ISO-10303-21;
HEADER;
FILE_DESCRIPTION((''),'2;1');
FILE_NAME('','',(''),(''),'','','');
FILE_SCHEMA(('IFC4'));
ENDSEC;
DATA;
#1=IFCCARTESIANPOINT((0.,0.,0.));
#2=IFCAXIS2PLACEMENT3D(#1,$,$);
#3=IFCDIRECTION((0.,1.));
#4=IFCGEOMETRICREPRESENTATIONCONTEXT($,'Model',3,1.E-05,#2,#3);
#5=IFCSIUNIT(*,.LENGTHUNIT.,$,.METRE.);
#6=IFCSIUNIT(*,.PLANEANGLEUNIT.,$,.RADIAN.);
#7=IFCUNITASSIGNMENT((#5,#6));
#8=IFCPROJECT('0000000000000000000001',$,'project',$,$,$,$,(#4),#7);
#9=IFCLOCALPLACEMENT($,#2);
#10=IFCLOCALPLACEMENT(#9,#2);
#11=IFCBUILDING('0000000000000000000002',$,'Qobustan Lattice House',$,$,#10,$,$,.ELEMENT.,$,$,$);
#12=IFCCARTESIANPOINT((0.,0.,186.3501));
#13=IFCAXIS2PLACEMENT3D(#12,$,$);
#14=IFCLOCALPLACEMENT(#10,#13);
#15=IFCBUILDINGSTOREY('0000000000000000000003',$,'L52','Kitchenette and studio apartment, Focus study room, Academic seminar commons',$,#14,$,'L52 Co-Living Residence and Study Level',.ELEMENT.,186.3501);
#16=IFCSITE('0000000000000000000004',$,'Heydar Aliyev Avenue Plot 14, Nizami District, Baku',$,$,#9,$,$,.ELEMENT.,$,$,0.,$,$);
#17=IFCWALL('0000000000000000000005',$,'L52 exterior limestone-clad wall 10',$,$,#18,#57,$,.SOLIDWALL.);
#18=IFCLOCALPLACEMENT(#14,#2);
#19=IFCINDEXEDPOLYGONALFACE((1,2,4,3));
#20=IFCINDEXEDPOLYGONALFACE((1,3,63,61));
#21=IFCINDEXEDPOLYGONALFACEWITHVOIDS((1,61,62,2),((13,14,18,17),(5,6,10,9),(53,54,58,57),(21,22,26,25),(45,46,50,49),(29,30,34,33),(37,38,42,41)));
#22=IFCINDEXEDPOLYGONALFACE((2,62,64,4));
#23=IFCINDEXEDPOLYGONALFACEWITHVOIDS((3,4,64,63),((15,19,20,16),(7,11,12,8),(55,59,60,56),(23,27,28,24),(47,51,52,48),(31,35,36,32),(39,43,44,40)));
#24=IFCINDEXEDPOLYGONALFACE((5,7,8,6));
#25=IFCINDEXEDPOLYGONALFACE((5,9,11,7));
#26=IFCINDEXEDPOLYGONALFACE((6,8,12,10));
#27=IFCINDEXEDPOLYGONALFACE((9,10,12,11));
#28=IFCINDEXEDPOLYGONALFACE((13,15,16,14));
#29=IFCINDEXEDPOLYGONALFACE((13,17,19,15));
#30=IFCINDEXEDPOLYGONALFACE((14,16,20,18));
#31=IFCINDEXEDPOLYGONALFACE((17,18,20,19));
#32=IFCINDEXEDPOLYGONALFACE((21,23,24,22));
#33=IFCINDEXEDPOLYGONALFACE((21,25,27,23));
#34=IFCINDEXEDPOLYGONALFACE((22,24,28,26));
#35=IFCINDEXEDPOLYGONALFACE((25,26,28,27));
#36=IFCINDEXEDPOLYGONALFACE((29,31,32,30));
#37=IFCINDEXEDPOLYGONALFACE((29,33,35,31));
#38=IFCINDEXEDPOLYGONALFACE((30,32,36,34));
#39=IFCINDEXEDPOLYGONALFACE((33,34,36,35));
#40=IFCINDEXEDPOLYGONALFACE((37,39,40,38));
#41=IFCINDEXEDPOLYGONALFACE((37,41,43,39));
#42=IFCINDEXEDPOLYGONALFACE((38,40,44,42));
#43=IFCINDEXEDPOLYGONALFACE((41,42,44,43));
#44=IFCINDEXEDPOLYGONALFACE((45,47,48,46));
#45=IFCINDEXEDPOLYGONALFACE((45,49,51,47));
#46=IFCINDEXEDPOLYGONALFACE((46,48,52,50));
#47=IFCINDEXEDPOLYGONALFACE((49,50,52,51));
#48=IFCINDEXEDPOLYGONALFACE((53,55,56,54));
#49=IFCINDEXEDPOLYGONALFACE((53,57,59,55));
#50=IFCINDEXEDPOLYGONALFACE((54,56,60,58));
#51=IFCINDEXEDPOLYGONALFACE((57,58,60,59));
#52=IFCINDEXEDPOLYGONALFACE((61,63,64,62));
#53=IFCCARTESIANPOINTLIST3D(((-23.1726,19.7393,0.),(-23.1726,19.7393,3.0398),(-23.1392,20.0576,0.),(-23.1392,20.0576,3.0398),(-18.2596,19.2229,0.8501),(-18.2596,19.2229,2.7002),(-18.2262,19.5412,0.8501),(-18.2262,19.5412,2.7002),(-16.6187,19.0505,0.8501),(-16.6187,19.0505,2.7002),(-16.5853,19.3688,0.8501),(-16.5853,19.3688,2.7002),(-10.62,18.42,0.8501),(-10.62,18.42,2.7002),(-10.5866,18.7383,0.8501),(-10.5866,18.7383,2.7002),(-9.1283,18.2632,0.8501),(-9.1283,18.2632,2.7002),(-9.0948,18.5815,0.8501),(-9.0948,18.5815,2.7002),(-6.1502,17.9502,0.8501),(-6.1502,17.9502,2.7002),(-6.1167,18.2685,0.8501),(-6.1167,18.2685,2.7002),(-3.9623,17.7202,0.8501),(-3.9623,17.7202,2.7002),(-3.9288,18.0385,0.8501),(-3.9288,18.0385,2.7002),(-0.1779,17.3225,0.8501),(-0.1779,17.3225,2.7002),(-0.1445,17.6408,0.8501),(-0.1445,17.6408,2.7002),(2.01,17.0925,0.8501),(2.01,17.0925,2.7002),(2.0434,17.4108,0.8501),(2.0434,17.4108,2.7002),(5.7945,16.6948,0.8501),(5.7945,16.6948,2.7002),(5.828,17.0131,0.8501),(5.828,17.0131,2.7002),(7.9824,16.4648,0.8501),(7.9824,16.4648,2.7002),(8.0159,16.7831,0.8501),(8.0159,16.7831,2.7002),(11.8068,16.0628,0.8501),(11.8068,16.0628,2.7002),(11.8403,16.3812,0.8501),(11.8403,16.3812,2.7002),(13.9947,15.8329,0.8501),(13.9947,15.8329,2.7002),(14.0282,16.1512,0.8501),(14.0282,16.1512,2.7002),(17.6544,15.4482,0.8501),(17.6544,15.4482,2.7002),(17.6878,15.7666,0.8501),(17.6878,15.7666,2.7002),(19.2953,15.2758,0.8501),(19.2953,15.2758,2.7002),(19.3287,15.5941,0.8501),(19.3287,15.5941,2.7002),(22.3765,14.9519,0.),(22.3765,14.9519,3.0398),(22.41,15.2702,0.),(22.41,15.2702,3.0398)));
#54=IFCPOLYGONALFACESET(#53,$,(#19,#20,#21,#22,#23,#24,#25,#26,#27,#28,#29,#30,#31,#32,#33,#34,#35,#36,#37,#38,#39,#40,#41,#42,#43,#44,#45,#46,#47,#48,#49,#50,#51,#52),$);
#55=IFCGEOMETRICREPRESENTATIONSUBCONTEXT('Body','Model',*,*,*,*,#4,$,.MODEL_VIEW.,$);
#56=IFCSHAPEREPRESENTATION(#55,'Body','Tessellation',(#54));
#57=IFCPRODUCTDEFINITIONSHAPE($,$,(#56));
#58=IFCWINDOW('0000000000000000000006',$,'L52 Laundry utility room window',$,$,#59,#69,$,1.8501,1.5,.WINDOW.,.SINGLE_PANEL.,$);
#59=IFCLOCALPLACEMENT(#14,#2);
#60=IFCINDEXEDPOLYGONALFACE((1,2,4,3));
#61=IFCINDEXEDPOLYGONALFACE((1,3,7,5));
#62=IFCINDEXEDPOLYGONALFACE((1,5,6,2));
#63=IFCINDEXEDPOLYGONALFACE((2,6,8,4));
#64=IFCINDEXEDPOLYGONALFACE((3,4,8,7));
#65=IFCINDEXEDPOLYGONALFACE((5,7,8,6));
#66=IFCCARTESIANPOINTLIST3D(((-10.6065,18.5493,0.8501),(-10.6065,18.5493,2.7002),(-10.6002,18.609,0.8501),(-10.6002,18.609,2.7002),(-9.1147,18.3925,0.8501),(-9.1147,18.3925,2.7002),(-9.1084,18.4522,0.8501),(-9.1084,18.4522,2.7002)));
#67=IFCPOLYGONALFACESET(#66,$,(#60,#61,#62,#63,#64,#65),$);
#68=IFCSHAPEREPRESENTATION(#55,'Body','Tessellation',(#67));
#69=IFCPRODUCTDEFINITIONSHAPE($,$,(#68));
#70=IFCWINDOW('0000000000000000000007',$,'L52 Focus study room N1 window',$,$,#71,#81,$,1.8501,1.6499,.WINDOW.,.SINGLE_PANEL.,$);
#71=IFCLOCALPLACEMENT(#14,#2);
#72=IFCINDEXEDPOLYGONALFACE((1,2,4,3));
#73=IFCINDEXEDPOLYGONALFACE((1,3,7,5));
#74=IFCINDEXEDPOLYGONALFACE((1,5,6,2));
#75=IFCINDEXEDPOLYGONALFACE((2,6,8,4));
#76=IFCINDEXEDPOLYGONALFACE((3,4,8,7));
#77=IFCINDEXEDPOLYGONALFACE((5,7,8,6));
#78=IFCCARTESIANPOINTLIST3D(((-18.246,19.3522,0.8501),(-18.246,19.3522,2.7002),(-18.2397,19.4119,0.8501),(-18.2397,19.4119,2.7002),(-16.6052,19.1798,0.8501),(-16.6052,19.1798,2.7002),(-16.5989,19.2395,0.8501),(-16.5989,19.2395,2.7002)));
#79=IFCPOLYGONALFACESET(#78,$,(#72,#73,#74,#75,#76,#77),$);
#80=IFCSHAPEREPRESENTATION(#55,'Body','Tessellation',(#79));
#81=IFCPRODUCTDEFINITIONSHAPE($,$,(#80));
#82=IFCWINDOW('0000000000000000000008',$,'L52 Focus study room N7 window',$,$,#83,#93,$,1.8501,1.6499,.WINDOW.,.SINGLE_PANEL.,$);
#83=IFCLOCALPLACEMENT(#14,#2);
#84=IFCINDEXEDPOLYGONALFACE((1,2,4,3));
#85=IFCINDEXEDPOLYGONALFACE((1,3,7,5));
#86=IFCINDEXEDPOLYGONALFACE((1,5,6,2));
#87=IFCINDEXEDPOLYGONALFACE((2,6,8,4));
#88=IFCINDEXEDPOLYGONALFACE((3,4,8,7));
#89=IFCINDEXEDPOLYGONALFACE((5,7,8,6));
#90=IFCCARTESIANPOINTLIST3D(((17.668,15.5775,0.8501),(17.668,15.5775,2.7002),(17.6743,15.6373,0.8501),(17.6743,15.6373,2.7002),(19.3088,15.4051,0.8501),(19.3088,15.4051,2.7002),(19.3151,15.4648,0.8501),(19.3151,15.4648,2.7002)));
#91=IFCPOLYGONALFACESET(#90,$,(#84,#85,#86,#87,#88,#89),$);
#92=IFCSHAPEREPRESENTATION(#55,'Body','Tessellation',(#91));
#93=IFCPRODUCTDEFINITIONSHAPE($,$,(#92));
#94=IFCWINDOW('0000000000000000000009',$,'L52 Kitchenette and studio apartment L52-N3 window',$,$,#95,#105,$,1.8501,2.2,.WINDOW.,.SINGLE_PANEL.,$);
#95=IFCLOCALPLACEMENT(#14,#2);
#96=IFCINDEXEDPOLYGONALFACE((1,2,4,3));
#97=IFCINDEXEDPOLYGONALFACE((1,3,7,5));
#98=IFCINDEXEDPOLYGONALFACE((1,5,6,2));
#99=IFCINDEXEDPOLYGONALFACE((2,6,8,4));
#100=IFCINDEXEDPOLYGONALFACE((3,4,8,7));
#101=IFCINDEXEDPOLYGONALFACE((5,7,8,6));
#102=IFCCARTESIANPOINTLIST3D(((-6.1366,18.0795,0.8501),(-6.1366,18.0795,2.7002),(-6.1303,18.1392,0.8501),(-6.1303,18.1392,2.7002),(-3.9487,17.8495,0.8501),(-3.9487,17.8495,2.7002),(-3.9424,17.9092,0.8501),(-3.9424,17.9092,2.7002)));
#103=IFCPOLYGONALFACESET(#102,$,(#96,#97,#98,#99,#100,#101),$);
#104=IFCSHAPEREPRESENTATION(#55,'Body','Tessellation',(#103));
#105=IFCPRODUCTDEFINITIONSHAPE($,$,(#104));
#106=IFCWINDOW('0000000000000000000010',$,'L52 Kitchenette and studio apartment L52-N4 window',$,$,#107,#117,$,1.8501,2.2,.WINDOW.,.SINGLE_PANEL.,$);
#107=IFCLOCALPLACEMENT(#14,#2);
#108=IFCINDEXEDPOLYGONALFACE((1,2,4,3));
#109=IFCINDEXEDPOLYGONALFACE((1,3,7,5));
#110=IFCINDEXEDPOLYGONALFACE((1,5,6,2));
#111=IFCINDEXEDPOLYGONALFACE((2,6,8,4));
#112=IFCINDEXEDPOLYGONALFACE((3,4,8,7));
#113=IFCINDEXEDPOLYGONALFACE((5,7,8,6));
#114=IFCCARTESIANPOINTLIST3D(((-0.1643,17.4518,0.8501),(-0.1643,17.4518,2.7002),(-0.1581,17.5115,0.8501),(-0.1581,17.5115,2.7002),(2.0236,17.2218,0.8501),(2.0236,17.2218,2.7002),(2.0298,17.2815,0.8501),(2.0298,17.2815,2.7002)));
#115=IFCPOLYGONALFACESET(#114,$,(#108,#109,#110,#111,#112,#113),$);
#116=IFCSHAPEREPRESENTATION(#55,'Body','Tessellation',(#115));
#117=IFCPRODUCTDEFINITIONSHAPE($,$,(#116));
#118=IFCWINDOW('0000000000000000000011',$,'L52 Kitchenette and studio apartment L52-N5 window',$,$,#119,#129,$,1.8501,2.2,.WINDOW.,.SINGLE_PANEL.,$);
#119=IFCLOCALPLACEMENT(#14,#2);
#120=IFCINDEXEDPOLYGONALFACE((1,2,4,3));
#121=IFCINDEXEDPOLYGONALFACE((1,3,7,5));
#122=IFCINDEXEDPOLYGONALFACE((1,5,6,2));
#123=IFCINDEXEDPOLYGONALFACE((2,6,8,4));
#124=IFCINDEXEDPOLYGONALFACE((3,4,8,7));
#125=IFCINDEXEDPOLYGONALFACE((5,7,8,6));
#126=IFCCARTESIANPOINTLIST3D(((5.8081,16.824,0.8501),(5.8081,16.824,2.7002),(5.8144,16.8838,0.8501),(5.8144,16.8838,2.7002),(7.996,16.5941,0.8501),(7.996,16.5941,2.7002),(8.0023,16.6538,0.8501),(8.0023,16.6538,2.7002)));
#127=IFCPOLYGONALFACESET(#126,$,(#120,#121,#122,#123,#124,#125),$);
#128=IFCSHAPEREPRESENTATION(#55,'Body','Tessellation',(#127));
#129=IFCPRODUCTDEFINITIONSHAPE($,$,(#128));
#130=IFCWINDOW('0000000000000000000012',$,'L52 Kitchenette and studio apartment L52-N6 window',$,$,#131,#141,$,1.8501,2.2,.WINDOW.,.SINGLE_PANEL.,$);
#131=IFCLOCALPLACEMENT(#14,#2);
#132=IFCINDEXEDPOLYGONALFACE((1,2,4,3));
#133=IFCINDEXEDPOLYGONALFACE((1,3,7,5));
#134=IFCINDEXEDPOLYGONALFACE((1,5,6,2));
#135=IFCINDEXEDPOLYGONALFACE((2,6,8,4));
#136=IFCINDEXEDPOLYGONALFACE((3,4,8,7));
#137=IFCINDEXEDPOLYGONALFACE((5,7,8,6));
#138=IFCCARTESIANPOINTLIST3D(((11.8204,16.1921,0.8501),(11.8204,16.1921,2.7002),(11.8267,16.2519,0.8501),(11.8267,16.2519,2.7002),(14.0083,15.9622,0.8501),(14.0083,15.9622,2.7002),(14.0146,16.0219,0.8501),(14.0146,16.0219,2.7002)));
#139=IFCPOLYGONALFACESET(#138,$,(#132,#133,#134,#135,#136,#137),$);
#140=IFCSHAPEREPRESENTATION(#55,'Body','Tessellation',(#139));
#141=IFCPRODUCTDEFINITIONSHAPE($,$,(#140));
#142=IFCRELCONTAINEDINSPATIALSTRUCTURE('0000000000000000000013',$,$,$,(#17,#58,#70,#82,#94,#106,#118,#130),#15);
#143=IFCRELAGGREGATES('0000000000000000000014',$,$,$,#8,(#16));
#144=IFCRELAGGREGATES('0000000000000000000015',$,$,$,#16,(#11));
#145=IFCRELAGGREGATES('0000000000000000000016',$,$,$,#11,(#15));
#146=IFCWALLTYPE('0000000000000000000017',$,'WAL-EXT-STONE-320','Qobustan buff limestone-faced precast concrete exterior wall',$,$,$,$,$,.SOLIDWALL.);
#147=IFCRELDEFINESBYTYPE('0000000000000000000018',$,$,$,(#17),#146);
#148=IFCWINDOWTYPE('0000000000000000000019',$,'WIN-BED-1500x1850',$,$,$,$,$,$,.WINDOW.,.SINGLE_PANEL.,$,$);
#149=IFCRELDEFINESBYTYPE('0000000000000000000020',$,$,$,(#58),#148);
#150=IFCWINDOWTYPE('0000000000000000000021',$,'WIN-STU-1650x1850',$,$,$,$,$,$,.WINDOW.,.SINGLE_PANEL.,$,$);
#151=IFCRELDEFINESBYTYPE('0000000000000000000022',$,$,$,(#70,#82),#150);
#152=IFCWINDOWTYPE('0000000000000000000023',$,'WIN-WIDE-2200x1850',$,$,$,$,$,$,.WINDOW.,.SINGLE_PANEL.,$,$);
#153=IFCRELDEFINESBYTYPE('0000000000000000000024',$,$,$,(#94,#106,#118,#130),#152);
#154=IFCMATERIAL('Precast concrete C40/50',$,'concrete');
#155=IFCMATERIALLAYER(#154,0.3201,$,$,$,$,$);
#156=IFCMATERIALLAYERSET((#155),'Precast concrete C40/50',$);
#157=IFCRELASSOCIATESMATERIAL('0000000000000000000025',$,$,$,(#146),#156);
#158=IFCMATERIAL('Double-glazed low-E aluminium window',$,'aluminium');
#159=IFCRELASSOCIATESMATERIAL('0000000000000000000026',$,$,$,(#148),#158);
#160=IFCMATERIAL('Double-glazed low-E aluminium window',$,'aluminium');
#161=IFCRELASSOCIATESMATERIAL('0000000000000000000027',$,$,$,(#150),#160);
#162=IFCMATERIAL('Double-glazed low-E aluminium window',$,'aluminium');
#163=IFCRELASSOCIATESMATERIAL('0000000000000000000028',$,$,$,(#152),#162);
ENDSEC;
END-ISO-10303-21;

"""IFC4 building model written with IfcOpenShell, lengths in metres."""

from ifc_helpers import new_model, si_unit, direction, frame, frame_2d, origin, place, context, subcontext, project, spatial, rectangle, extrude, material, layer, layer_set, type_object, element, fill, save


model = new_model("IFC4")

# Units and contexts
model_context = context("Model", 3, precision=1e-05, world=origin(), true_north=direction((0.0, 1.0)))
body_context = subcontext(model_context, "Body", "Model", "MODEL_VIEW")
ifc_project = project(units=[si_unit("LENGTHUNIT", "METRE"), si_unit("PLANEANGLEUNIT", "RADIAN")], contexts=[model_context])

# Site, building, storey
site_placement = place(None, origin())
site = spatial("IfcSite", under=ifc_project, at=site_placement, Name="Heydar Aliyev Avenue Plot 14, Nizami District, Baku", CompositionType="ELEMENT", RefElevation=0.0)
building_placement = place(site_placement, origin())
building = spatial("IfcBuilding", under=site, at=building_placement, Name="Qobustan Lattice House", CompositionType="ELEMENT")
storey_placement = place(building_placement, frame((0.0, 0.0, 186.3501)))
storey = spatial("IfcBuildingStorey", under=building, at=storey_placement, Name="L52", Description="Kitchenette and studio apartment, Focus study room, Academic seminar commons", LongName="L52 Co-Living Residence and Study Level", CompositionType="ELEMENT", Elevation=186.3501)

# Shared definitions
ifc_material_1 = material(Name="Precast concrete C40/50", Category="concrete")
ifc_layer_1 = layer(ifc_material_1, 0.3201)
ifc_layer_set_1 = layer_set([ifc_layer_1], Name="Precast concrete C40/50")
wall_type_1 = type_object("IfcWallType", Name="WAL-EXT-STONE-320", Description="Qobustan buff limestone-faced precast concrete exterior wall", PredefinedType="SOLIDWALL", material=ifc_layer_set_1)

# Wall, openings, windows
wall_1_placement = place(storey_placement, frame((-23.1558, 19.8984, 0.0), z_axis=(0.0, 0.0, 1.0), x_axis=(0.994522, -0.104527, 0.0)))
wall_1 = element("IfcWall", 1, at=wall_1_placement, inside=storey, type_object=wall_type_1, Name="L52 exterior limestone-clad wall 10", PredefinedType="SOLIDWALL", context=body_context, shape_type="SweptSolid", body=[
    extrude(rectangle(XDim=45.8, YDim=0.3201, at=frame_2d((22.8999, 0.0))), origin(), (0.0, 0.0, 1.0), 3.0398),
])
opening_1_placement = place(wall_1_placement, frame((4.9399, 0.0, 0.8501)))
opening_1 = element("IfcOpeningElement", 2, at=opening_1_placement, cuts=wall_1, PredefinedType="OPENING", context=body_context, shape_type="SweptSolid", body=[
    extrude(rectangle(XDim=1.6499, YDim=1.8501, at=frame_2d((0.825, 0.925))), frame((0.0, 0.1699, 0.0), z_axis=(0.0, -1.0, 0.0), x_axis=(1.0, 0.0, 0.0)), (0.0, 0.0, 1.0), 0.3401),
])
opening_2_placement = place(wall_1_placement, frame((12.6216, 0.0, 0.8501)))
opening_2 = element("IfcOpeningElement", 3, at=opening_2_placement, cuts=wall_1, PredefinedType="OPENING", context=body_context, shape_type="SweptSolid", body=[
    extrude(rectangle(XDim=1.5, YDim=1.8501, at=frame_2d((0.75, 0.925))), frame((0.0, 0.1699, 0.0), z_axis=(0.0, -1.0, 0.0), x_axis=(1.0, 0.0, 0.0)), (0.0, 0.0, 1.0), 0.3401),
])
opening_3_placement = place(wall_1_placement, frame((17.116, 0.0, 0.8501)))
opening_3 = element("IfcOpeningElement", 4, at=opening_3_placement, cuts=wall_1, PredefinedType="OPENING", context=body_context, shape_type="SweptSolid", body=[
    extrude(rectangle(XDim=2.2, YDim=1.8501, at=frame_2d((1.1001, 0.925))), frame((0.0, 0.1699, 0.0), z_axis=(0.0, -1.0, 0.0), x_axis=(1.0, 0.0, 0.0)), (0.0, 0.0, 1.0), 0.3401),
])
opening_4_placement = place(wall_1_placement, frame((23.1211, 0.0, 0.8501)))
opening_4 = element("IfcOpeningElement", 5, at=opening_4_placement, cuts=wall_1, PredefinedType="OPENING", context=body_context, shape_type="SweptSolid", body=[
    extrude(rectangle(XDim=2.2, YDim=1.8501, at=frame_2d((1.1001, 0.925))), frame((0.0, 0.1699, 0.0), z_axis=(0.0, -1.0, 0.0), x_axis=(1.0, 0.0, 0.0)), (0.0, 0.0, 1.0), 0.3401),
])
opening_5_placement = place(wall_1_placement, frame((29.1265, 0.0, 0.8501)))
opening_5 = element("IfcOpeningElement", 6, at=opening_5_placement, cuts=wall_1, PredefinedType="OPENING", context=body_context, shape_type="SweptSolid", body=[
    extrude(rectangle(XDim=2.2, YDim=1.8501, at=frame_2d((1.1001, 0.925))), frame((0.0, 0.1699, 0.0), z_axis=(0.0, -1.0, 0.0), x_axis=(1.0, 0.0, 0.0)), (0.0, 0.0, 1.0), 0.3401),
])
opening_6_placement = place(wall_1_placement, frame((35.1719, 0.0, 0.8501)))
opening_6 = element("IfcOpeningElement", 7, at=opening_6_placement, cuts=wall_1, PredefinedType="OPENING", context=body_context, shape_type="SweptSolid", body=[
    extrude(rectangle(XDim=2.2, YDim=1.8501, at=frame_2d((1.1001, 0.925))), frame((0.0, 0.1699, 0.0), z_axis=(0.0, -1.0, 0.0), x_axis=(1.0, 0.0, 0.0)), (0.0, 0.0, 1.0), 0.3401),
])
opening_7_placement = place(wall_1_placement, frame((41.0518, 0.0, 0.8501)))
opening_7 = element("IfcOpeningElement", 8, at=opening_7_placement, cuts=wall_1, PredefinedType="OPENING", context=body_context, shape_type="SweptSolid", body=[
    extrude(rectangle(XDim=1.6499, YDim=1.8501, at=frame_2d((0.825, 0.925))), frame((0.0, 0.1699, 0.0), z_axis=(0.0, -1.0, 0.0), x_axis=(1.0, 0.0, 0.0)), (0.0, 0.0, 1.0), 0.3401),
])
ifc_material_2 = material(Name="Double-glazed low-E aluminium window", Category="aluminium")
window_type_1 = type_object("IfcWindowType", Name="WIN-BED-1500x1850", PartitioningType="SINGLE_PANEL", PredefinedType="WINDOW", material=ifc_material_2)
window_1_placement = place(opening_2_placement, origin())
window_1 = element("IfcWindow", 9, at=window_1_placement, inside=storey, type_object=window_type_1, Name="L52 Laundry utility room window", OverallHeight=1.8501, OverallWidth=1.5, PartitioningType="SINGLE_PANEL", PredefinedType="WINDOW", context=body_context, shape_type="SweptSolid", body=[
    extrude(rectangle(XDim=1.5, YDim=1.8501, at=frame_2d((0.75, 0.925))), frame((0.0, 0.03, 0.0), z_axis=(0.0, -1.0, 0.0), x_axis=(1.0, 0.0, 0.0)), (0.0, 0.0, 1.0), 0.0601),
])
fill(opening_2, window_1)
ifc_material_3 = material(Name="Double-glazed low-E aluminium window", Category="aluminium")
window_type_2 = type_object("IfcWindowType", Name="WIN-STU-1650x1850", PartitioningType="SINGLE_PANEL", PredefinedType="WINDOW", material=ifc_material_3)
window_2_placement = place(opening_1_placement, origin())
window_2 = element("IfcWindow", 10, at=window_2_placement, inside=storey, type_object=window_type_2, Name="L52 Focus study room N1 window", OverallHeight=1.8501, OverallWidth=1.6499, PartitioningType="SINGLE_PANEL", PredefinedType="WINDOW", context=body_context, shape_type="SweptSolid", body=[
    extrude(rectangle(XDim=1.6499, YDim=1.8501, at=frame_2d((0.825, 0.925))), frame((0.0, 0.03, 0.0), z_axis=(0.0, -1.0, 0.0), x_axis=(1.0, 0.0, 0.0)), (0.0, 0.0, 1.0), 0.0601),
])
fill(opening_1, window_2)
window_3_placement = place(opening_7_placement, origin())
window_3 = element("IfcWindow", 11, at=window_3_placement, inside=storey, type_object=window_type_2, Name="L52 Focus study room N7 window", OverallHeight=1.8501, OverallWidth=1.6499, PartitioningType="SINGLE_PANEL", PredefinedType="WINDOW", context=body_context, shape_type="SweptSolid", body=[
    extrude(rectangle(XDim=1.6499, YDim=1.8501, at=frame_2d((0.825, 0.925))), frame((0.0, 0.03, 0.0), z_axis=(0.0, -1.0, 0.0), x_axis=(1.0, 0.0, 0.0)), (0.0, 0.0, 1.0), 0.0601),
])
fill(opening_7, window_3)
ifc_material_4 = material(Name="Double-glazed low-E aluminium window", Category="aluminium")
window_type_3 = type_object("IfcWindowType", Name="WIN-WIDE-2200x1850", PartitioningType="SINGLE_PANEL", PredefinedType="WINDOW", material=ifc_material_4)
window_4_placement = place(opening_3_placement, origin())
window_4 = element("IfcWindow", 12, at=window_4_placement, inside=storey, type_object=window_type_3, Name="L52 Kitchenette and studio apartment L52-N3 window", OverallHeight=1.8501, OverallWidth=2.2, PartitioningType="SINGLE_PANEL", PredefinedType="WINDOW", context=body_context, shape_type="SweptSolid", body=[
    extrude(rectangle(XDim=2.2, YDim=1.8501, at=frame_2d((1.1001, 0.925))), frame((0.0, 0.03, 0.0), z_axis=(0.0, -1.0, 0.0), x_axis=(1.0, 0.0, 0.0)), (0.0, 0.0, 1.0), 0.0601),
])
fill(opening_3, window_4)
window_5_placement = place(opening_4_placement, origin())
window_5 = element("IfcWindow", 13, at=window_5_placement, inside=storey, type_object=window_type_3, Name="L52 Kitchenette and studio apartment L52-N4 window", OverallHeight=1.8501, OverallWidth=2.2, PartitioningType="SINGLE_PANEL", PredefinedType="WINDOW", context=body_context, shape_type="SweptSolid", body=[
    extrude(rectangle(XDim=2.2, YDim=1.8501, at=frame_2d((1.1001, 0.925))), frame((0.0, 0.03, 0.0), z_axis=(0.0, -1.0, 0.0), x_axis=(1.0, 0.0, 0.0)), (0.0, 0.0, 1.0), 0.0601),
])
fill(opening_4, window_5)
window_6_placement = place(opening_5_placement, origin())
window_6 = element("IfcWindow", 14, at=window_6_placement, inside=storey, type_object=window_type_3, Name="L52 Kitchenette and studio apartment L52-N5 window", OverallHeight=1.8501, OverallWidth=2.2, PartitioningType="SINGLE_PANEL", PredefinedType="WINDOW", context=body_context, shape_type="SweptSolid", body=[
    extrude(rectangle(XDim=2.2, YDim=1.8501, at=frame_2d((1.1001, 0.925))), frame((0.0, 0.03, 0.0), z_axis=(0.0, -1.0, 0.0), x_axis=(1.0, 0.0, 0.0)), (0.0, 0.0, 1.0), 0.0601),
])
fill(opening_5, window_6)
window_7_placement = place(opening_6_placement, origin())
window_7 = element("IfcWindow", 15, at=window_7_placement, inside=storey, type_object=window_type_3, Name="L52 Kitchenette and studio apartment L52-N6 window", OverallHeight=1.8501, OverallWidth=2.2, PartitioningType="SINGLE_PANEL", PredefinedType="WINDOW", context=body_context, shape_type="SweptSolid", body=[
    extrude(rectangle(XDim=2.2, YDim=1.8501, at=frame_2d((1.1001, 0.925))), frame((0.0, 0.03, 0.0), z_axis=(0.0, -1.0, 0.0), x_axis=(1.0, 0.0, 0.0)), (0.0, 0.0, 1.0), 0.0601),
])
fill(opening_6, window_7)

save(model, "model.ifc")
